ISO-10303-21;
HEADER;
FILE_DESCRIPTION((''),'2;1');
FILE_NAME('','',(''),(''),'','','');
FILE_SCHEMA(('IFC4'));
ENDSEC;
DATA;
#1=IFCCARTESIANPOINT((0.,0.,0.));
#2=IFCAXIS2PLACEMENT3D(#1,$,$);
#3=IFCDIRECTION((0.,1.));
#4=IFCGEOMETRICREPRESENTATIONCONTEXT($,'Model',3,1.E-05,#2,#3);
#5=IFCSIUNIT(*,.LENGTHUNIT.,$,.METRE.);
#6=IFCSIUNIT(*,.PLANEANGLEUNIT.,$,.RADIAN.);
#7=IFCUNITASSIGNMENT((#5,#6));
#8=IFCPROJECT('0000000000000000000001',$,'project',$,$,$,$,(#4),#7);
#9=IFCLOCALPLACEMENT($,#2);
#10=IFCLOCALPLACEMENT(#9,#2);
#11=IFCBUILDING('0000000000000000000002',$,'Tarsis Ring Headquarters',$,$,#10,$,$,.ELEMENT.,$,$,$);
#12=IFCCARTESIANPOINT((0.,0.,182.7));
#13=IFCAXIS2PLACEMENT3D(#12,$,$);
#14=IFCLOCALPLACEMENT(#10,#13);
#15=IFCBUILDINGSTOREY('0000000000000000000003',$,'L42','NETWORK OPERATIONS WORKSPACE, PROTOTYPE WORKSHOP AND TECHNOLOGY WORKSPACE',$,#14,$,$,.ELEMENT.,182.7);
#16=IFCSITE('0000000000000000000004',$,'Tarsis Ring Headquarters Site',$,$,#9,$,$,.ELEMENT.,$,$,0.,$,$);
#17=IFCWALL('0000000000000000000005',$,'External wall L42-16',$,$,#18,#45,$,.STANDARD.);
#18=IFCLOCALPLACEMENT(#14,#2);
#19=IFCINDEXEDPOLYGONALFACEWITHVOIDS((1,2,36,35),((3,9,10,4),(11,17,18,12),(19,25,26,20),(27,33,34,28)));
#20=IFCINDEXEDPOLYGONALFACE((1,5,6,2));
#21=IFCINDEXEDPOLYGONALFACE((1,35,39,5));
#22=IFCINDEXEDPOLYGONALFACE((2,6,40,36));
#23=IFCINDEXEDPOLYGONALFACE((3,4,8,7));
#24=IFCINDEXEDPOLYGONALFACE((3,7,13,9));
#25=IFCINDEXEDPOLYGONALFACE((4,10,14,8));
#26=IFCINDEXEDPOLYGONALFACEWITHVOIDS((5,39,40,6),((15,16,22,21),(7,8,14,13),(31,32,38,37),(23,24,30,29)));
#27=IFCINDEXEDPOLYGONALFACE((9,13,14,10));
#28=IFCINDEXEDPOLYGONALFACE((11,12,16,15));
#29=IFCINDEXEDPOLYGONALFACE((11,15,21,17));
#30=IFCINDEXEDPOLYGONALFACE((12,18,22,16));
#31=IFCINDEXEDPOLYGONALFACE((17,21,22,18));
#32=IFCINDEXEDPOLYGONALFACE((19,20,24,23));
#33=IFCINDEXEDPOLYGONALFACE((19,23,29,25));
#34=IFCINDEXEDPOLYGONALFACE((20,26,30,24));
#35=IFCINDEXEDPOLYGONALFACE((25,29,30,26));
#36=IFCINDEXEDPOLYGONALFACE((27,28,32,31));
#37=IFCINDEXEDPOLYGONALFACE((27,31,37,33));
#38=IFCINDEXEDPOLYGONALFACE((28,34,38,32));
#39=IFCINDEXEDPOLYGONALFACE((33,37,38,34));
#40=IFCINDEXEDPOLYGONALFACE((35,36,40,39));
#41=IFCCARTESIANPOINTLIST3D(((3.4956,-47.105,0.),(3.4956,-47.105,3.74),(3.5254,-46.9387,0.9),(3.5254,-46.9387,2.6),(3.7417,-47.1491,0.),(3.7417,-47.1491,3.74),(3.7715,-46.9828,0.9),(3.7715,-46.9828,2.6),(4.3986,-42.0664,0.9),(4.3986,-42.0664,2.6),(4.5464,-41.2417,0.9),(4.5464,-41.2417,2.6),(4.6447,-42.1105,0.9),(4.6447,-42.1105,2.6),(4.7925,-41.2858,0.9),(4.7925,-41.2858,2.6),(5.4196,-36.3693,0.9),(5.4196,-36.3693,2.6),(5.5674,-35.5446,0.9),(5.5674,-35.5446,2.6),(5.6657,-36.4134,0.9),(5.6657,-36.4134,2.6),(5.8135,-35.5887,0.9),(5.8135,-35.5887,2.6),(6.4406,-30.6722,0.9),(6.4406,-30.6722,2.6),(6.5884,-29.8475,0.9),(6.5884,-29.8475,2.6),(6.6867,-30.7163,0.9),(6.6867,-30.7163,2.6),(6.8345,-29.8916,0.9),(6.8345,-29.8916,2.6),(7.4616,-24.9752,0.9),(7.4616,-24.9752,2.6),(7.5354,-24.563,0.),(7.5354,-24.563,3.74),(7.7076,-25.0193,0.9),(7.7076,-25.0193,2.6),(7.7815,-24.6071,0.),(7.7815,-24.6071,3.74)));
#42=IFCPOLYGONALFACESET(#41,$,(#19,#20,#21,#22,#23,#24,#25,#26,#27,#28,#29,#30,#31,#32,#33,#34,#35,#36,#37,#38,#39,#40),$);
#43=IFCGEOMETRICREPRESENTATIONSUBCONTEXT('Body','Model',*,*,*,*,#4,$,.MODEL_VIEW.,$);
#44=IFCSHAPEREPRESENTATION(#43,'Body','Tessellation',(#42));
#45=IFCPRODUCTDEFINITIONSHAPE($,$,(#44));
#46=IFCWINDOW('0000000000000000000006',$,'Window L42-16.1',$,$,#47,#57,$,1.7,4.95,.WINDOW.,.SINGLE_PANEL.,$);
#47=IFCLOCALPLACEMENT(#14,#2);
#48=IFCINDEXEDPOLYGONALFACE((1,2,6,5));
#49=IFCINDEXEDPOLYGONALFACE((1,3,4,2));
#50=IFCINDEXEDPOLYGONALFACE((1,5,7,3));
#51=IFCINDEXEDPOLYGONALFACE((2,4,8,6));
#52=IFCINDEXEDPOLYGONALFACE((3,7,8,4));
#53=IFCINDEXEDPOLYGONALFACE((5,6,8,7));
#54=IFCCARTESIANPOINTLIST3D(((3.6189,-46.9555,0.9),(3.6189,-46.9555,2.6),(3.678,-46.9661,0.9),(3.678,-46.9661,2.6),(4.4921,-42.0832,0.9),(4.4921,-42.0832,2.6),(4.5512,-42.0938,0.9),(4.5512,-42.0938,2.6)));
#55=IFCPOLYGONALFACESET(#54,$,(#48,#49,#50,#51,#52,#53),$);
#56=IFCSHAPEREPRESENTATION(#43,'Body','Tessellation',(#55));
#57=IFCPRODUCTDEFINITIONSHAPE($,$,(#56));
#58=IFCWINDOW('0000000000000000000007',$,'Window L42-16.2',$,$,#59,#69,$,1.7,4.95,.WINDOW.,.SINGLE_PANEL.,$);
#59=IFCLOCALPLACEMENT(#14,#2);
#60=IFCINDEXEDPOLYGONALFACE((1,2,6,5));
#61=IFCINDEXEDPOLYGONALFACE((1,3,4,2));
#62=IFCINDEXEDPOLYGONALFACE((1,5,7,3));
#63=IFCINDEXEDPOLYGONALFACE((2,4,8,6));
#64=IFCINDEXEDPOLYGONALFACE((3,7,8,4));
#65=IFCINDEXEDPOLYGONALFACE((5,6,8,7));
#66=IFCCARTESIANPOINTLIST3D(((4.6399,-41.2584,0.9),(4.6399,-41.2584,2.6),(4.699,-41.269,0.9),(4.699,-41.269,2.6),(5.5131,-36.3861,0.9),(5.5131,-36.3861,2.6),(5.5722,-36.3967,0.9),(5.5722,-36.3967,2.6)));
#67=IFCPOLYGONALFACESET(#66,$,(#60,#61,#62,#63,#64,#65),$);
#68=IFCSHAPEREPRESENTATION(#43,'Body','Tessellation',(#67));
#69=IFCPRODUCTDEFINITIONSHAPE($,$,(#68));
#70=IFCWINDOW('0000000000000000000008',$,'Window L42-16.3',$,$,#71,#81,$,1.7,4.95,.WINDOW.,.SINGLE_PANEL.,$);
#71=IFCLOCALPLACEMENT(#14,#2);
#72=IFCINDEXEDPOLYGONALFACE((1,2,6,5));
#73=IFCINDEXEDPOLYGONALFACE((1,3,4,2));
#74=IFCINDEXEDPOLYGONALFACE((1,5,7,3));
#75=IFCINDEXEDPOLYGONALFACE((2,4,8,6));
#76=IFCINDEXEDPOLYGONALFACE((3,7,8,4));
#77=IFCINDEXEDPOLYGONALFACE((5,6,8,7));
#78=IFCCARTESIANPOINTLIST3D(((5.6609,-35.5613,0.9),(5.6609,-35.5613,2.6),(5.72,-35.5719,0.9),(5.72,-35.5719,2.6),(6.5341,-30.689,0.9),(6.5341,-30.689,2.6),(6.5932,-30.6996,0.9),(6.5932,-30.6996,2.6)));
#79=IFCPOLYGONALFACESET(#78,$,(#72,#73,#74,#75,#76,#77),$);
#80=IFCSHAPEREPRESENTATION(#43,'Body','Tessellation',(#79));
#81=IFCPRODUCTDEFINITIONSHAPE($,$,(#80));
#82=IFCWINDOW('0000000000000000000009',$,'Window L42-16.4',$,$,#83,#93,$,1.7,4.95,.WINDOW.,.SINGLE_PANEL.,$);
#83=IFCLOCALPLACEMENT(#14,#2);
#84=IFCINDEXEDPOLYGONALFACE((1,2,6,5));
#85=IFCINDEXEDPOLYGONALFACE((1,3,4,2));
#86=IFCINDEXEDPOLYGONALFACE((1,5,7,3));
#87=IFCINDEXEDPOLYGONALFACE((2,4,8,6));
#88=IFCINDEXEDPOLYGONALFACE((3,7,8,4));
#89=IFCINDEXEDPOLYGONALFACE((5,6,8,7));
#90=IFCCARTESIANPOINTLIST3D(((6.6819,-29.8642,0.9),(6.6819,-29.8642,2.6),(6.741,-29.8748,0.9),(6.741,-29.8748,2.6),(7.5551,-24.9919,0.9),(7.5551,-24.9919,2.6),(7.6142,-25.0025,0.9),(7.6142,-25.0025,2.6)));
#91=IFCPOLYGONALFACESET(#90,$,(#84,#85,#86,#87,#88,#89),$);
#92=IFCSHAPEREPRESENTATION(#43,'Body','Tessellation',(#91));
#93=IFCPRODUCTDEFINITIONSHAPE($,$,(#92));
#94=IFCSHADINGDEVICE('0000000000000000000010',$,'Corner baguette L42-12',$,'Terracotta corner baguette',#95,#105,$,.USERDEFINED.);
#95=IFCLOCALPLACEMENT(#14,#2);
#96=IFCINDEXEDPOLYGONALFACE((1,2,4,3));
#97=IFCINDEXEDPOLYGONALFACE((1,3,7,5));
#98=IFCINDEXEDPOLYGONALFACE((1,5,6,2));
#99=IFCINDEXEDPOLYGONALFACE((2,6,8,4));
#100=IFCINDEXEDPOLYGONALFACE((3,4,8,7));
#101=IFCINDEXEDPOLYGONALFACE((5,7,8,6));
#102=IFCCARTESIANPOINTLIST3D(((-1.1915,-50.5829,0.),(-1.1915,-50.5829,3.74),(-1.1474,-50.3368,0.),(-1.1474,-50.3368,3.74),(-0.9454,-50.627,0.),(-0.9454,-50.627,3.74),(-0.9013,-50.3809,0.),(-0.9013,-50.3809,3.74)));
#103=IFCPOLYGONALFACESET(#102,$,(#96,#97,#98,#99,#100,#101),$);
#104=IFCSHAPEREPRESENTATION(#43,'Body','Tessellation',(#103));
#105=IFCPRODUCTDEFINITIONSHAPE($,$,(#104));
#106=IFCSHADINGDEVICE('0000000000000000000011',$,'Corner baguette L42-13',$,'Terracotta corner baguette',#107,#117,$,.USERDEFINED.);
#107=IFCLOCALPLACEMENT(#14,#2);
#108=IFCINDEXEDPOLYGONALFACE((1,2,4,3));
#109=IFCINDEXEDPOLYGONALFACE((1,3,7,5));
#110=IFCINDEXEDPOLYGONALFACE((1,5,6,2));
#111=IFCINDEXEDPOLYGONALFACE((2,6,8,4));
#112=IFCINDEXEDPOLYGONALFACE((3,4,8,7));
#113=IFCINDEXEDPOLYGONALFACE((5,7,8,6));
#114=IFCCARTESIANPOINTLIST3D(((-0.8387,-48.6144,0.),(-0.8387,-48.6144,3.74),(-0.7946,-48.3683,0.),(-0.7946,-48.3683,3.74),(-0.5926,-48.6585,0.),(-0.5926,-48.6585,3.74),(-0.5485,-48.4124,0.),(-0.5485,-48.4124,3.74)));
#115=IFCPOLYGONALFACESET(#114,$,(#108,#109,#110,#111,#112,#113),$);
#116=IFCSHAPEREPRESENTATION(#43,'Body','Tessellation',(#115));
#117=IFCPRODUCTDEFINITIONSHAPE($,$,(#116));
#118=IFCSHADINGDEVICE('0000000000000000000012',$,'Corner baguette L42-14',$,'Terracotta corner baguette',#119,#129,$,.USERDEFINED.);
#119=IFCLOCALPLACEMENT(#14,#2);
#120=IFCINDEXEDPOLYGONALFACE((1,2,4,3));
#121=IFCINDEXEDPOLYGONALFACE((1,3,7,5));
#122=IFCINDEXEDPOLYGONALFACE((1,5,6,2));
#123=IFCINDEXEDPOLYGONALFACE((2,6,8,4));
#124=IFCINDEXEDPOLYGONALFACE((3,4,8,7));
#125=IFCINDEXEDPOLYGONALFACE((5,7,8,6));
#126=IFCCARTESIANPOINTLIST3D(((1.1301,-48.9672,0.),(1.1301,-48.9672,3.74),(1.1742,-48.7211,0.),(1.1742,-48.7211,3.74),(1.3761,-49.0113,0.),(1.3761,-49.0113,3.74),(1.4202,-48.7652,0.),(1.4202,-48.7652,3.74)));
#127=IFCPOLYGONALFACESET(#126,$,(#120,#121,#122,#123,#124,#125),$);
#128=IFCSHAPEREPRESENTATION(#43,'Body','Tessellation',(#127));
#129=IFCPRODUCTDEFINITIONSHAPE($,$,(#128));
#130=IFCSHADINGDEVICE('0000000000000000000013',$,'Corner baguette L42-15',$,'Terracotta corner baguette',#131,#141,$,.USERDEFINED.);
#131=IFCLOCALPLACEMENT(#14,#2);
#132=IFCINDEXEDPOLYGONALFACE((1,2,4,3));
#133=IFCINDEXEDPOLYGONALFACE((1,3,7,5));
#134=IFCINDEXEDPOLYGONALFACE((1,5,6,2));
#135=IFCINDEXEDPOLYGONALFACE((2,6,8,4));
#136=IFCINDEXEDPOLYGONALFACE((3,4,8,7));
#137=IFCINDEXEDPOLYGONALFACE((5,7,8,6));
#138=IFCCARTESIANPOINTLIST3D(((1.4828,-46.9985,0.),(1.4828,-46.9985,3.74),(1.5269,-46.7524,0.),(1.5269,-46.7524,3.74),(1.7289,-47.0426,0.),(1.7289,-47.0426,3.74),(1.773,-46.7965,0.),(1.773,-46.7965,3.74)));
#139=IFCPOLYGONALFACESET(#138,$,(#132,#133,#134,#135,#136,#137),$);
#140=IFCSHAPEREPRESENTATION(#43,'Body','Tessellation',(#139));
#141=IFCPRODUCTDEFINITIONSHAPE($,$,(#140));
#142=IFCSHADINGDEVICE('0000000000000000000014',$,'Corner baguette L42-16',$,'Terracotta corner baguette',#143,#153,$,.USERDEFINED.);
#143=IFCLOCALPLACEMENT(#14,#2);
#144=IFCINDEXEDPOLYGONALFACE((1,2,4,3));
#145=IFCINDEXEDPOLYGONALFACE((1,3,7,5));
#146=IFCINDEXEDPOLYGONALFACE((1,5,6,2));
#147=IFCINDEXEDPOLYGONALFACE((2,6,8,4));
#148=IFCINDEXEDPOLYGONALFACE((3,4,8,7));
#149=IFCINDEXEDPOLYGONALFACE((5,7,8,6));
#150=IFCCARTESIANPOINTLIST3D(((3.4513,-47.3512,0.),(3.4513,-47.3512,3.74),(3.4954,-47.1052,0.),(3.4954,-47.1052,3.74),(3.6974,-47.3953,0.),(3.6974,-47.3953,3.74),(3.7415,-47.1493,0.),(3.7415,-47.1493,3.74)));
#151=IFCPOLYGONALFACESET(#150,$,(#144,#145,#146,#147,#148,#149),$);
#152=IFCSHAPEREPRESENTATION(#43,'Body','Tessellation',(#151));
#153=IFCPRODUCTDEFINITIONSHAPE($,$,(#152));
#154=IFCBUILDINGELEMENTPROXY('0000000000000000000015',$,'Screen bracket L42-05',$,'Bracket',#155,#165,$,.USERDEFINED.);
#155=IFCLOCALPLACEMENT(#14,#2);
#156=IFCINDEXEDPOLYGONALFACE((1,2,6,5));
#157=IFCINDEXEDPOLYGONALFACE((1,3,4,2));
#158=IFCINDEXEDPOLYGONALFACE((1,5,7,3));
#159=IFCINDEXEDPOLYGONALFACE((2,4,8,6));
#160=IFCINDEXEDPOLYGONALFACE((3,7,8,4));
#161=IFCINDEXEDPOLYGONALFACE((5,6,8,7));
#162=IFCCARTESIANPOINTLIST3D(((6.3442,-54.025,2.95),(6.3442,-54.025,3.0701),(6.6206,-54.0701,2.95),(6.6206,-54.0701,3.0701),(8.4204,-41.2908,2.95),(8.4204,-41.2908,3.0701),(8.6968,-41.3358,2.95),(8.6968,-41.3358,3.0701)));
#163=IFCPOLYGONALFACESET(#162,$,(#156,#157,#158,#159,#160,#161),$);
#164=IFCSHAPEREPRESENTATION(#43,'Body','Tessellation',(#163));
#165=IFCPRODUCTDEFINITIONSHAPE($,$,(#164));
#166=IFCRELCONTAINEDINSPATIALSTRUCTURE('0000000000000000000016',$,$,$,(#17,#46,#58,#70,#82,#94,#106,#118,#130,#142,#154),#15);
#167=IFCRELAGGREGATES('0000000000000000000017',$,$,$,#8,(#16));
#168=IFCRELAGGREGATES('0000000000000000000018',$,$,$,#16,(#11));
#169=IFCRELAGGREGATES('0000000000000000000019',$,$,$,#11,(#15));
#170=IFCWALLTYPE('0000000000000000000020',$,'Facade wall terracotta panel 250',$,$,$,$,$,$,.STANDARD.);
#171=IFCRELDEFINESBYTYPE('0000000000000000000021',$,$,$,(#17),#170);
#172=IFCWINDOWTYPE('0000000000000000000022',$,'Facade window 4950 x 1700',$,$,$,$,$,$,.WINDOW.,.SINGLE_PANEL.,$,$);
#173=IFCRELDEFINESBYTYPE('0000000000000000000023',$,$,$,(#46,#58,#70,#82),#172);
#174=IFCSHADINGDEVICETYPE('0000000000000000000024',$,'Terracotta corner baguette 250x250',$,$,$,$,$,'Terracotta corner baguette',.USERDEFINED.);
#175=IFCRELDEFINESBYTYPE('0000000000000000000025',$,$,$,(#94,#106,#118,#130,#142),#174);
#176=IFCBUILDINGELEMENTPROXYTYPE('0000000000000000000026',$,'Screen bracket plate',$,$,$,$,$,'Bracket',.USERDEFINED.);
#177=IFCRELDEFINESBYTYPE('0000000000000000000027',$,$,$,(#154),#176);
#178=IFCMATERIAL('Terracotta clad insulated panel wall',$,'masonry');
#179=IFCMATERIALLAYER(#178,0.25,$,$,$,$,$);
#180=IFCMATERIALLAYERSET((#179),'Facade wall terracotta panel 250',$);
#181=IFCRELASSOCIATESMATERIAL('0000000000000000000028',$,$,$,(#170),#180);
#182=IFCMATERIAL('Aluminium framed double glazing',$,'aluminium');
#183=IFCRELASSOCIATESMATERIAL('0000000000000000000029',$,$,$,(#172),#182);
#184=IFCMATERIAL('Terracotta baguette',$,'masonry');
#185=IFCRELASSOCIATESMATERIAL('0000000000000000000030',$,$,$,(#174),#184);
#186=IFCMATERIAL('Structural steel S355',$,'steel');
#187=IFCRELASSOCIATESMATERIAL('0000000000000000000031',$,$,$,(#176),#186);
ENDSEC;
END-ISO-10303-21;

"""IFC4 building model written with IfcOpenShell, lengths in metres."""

from ifc_helpers import new_model, si_unit, direction, frame, frame_2d, origin, origin_2d, place, context, subcontext, project, spatial, rectangle, extrude, material, layer, layer_set, type_object, element, fill, save


model = new_model("IFC4")

# Units and contexts
model_context = context("Model", 3, precision=1e-05, world=origin(), true_north=direction((0.0, 1.0)))
body_context = subcontext(model_context, "Body", "Model", "MODEL_VIEW")
ifc_project = project(units=[si_unit("LENGTHUNIT", "METRE"), si_unit("PLANEANGLEUNIT", "RADIAN")], contexts=[model_context])

# Site, building, storey
site_placement = place(None, origin())
site = spatial("IfcSite", under=ifc_project, at=site_placement, Name="Tarsis Ring Headquarters Site", CompositionType="ELEMENT", RefElevation=0.0)
building_placement = place(site_placement, origin())
building = spatial("IfcBuilding", under=site, at=building_placement, Name="Tarsis Ring Headquarters", CompositionType="ELEMENT")
storey_placement = place(building_placement, frame((0.0, 0.0, 182.7)))
storey = spatial("IfcBuildingStorey", under=building, at=storey_placement, Name="L42", Description="NETWORK OPERATIONS WORKSPACE, PROTOTYPE WORKSHOP AND TECHNOLOGY WORKSPACE", CompositionType="ELEMENT", Elevation=182.7)

# Shared definitions
ifc_material_1 = material(Name="Structural steel S355", Category="steel")

# Shared definitions
ifc_material_2 = material(Name="Terracotta clad insulated panel wall", Category="masonry")
ifc_layer_1 = layer(ifc_material_2, 0.25)
ifc_layer_set_1 = layer_set([ifc_layer_1], Name="Facade wall terracotta panel 250")
wall_type_1 = type_object("IfcWallType", Name="Facade wall terracotta panel 250", PredefinedType="STANDARD", material=ifc_layer_set_1)

# Wall, openings, windows
wall_1_placement = place(storey_placement, frame((3.6187, -47.1272, 0.0), z_axis=(0.0, 0.0, 1.0), x_axis=(0.176402, 0.984318, 0.0)))
wall_1 = element("IfcWall", 1, at=wall_1_placement, inside=storey, type_object=wall_type_1, Name="External wall L42-16", PredefinedType="STANDARD", context=body_context, shape_type="SweptSolid", body=[
    extrude(rectangle(XDim=22.9011, YDim=0.25, at=frame_2d((11.4507, 0.0))), origin(), (0.0, 0.0, 1.0), 3.74),
])
opening_1_placement = place(wall_1_placement, frame((0.1689, 0.0, 0.8999)))
opening_1 = element("IfcOpeningElement", 2, at=opening_1_placement, cuts=wall_1, PredefinedType="OPENING", context=body_context, shape_type="SweptSolid", body=[
    extrude(rectangle(XDim=4.95, YDim=1.7, at=frame_2d((2.4751, 0.8501))), frame((0.0, 0.135, 0.0), z_axis=(0.0, -1.0, 0.0), x_axis=(1.0, 0.0, 0.0)), (0.0, 0.0, 1.0), 0.27),
])
opening_2_placement = place(wall_1_placement, frame((5.9568, 0.0, 0.8999)))
opening_2 = element("IfcOpeningElement", 3, at=opening_2_placement, cuts=wall_1, PredefinedType="OPENING", context=body_context, shape_type="SweptSolid", body=[
    extrude(rectangle(XDim=4.95, YDim=1.7, at=frame_2d((2.4751, 0.8501))), frame((0.0, 0.135, 0.0), z_axis=(0.0, -1.0, 0.0), x_axis=(1.0, 0.0, 0.0)), (0.0, 0.0, 1.0), 0.27),
])
opening_3_placement = place(wall_1_placement, frame((11.7446, 0.0, 0.8999)))
opening_3 = element("IfcOpeningElement", 4, at=opening_3_placement, cuts=wall_1, PredefinedType="OPENING", context=body_context, shape_type="SweptSolid", body=[
    extrude(rectangle(XDim=4.95, YDim=1.7, at=frame_2d((2.4751, 0.8501))), frame((0.0, 0.135, 0.0), z_axis=(0.0, -1.0, 0.0), x_axis=(1.0, 0.0, 0.0)), (0.0, 0.0, 1.0), 0.27),
])
opening_4_placement = place(wall_1_placement, frame((17.5325, 0.0, 0.8999)))
opening_4 = element("IfcOpeningElement", 5, at=opening_4_placement, cuts=wall_1, PredefinedType="OPENING", context=body_context, shape_type="SweptSolid", body=[
    extrude(rectangle(XDim=4.95, YDim=1.7, at=frame_2d((2.4751, 0.8501))), frame((0.0, 0.135, 0.0), z_axis=(0.0, -1.0, 0.0), x_axis=(1.0, 0.0, 0.0)), (0.0, 0.0, 1.0), 0.27),
])
ifc_material_3 = material(Name="Aluminium framed double glazing", Category="aluminium")
window_type = type_object("IfcWindowType", Name="Facade window 4950 x 1700", PartitioningType="SINGLE_PANEL", PredefinedType="WINDOW", material=ifc_material_3)
window_1_placement = place(opening_1_placement, origin())
window_1 = element("IfcWindow", 6, at=window_1_placement, inside=storey, type_object=window_type, Name="Window L42-16.1", OverallHeight=1.7, OverallWidth=4.95, PartitioningType="SINGLE_PANEL", PredefinedType="WINDOW", context=body_context, shape_type="SweptSolid", body=[
    extrude(rectangle(XDim=4.95, YDim=1.7, at=frame_2d((2.4751, 0.8501))), frame((0.0, 0.03, 0.0), z_axis=(0.0, -1.0, 0.0), x_axis=(1.0, 0.0, 0.0)), (0.0, 0.0, 1.0), 0.0601),
])
fill(opening_1, window_1)
window_2_placement = place(opening_2_placement, origin())
window_2 = element("IfcWindow", 7, at=window_2_placement, inside=storey, type_object=window_type, Name="Window L42-16.2", OverallHeight=1.7, OverallWidth=4.95, PartitioningType="SINGLE_PANEL", PredefinedType="WINDOW", context=body_context, shape_type="SweptSolid", body=[
    extrude(rectangle(XDim=4.95, YDim=1.7, at=frame_2d((2.4751, 0.8501))), frame((0.0, 0.03, 0.0), z_axis=(0.0, -1.0, 0.0), x_axis=(1.0, 0.0, 0.0)), (0.0, 0.0, 1.0), 0.0601),
])
fill(opening_2, window_2)
window_3_placement = place(opening_3_placement, origin())
window_3 = element("IfcWindow", 8, at=window_3_placement, inside=storey, type_object=window_type, Name="Window L42-16.3", OverallHeight=1.7, OverallWidth=4.95, PartitioningType="SINGLE_PANEL", PredefinedType="WINDOW", context=body_context, shape_type="SweptSolid", body=[
    extrude(rectangle(XDim=4.95, YDim=1.7, at=frame_2d((2.4751, 0.8501))), frame((0.0, 0.03, 0.0), z_axis=(0.0, -1.0, 0.0), x_axis=(1.0, 0.0, 0.0)), (0.0, 0.0, 1.0), 0.0601),
])
fill(opening_3, window_3)
window_4_placement = place(opening_4_placement, origin())
window_4 = element("IfcWindow", 9, at=window_4_placement, inside=storey, type_object=window_type, Name="Window L42-16.4", OverallHeight=1.7, OverallWidth=4.95, PartitioningType="SINGLE_PANEL", PredefinedType="WINDOW", context=body_context, shape_type="SweptSolid", body=[
    extrude(rectangle(XDim=4.95, YDim=1.7, at=frame_2d((2.4751, 0.8501))), frame((0.0, 0.03, 0.0), z_axis=(0.0, -1.0, 0.0), x_axis=(1.0, 0.0, 0.0)), (0.0, 0.0, 1.0), 0.0601),
])
fill(opening_4, window_4)

# Shading devices
ifc_material_4 = material(Name="Terracotta baguette", Category="masonry")
shading_device_type_1 = type_object("IfcShadingDeviceType", Name="Terracotta corner baguette 250x250", ElementType="Terracotta corner baguette", PredefinedType="USERDEFINED", material=ifc_material_4)
for number, where, z_axis, x_axis, name in (
    (10, (-1.0464, -50.4819, 0.0), (0.0, 0.0, 1.0), (0.984319, -0.176398, 0.0), "Corner baguette L42-12"),
    (11, (-0.6936, -48.5134, 0.0), (0.0, 0.0, 1.0), (0.176398, 0.984319, 0.0), "Corner baguette L42-13"),
    (12, (1.2751, -48.8662, 0.0), (0.0, 0.0, 1.0), (0.984319, -0.176397, 0.0), "Corner baguette L42-14"),
    (13, (1.6279, -46.8975, 0.0), (0.0, 0.0, 1.0), (0.176398, 0.984319, 0.0), "Corner baguette L42-15"),
    (14, (3.5964, -47.2502, 0.0), (0.0, 0.0, 1.0), (0.984319, -0.176398, 0.0), "Corner baguette L42-16"),
):
    element("IfcShadingDevice", number, at=place(storey_placement, frame(where, z_axis=z_axis, x_axis=x_axis)), inside=storey, type_object=shading_device_type_1, Name=name, ObjectType="Terracotta corner baguette", PredefinedType="USERDEFINED", context=body_context, shape_type="SweptSolid", body=[
        extrude(rectangle(XDim=0.25, YDim=0.25, at=origin_2d()), origin(), (0.0, 0.0, 1.0), 3.74),
    ])

# Building element proxy
building_element_proxy_type = type_object("IfcBuildingElementProxyType", Name="Screen bracket plate", ElementType="Bracket", PredefinedType="USERDEFINED", material=ifc_material_1)
proxy_placement = place(storey_placement, frame((7.5205, -47.6804, 2.95), z_axis=(0.0, 0.0, 1.0), x_axis=(0.160915, 0.986968, 0.0)))
element("IfcBuildingElementProxy", 15, at=proxy_placement, inside=storey, type_object=building_element_proxy_type, Name="Screen bracket L42-05", ObjectType="Bracket", PredefinedType="USERDEFINED", context=body_context, shape_type="SweptSolid", body=[
    extrude(rectangle(XDim=12.9023, YDim=0.28, at=origin_2d()), origin(), (0.0, 0.0, 1.0), 0.1201),
])

save(model, "model.ifc")
